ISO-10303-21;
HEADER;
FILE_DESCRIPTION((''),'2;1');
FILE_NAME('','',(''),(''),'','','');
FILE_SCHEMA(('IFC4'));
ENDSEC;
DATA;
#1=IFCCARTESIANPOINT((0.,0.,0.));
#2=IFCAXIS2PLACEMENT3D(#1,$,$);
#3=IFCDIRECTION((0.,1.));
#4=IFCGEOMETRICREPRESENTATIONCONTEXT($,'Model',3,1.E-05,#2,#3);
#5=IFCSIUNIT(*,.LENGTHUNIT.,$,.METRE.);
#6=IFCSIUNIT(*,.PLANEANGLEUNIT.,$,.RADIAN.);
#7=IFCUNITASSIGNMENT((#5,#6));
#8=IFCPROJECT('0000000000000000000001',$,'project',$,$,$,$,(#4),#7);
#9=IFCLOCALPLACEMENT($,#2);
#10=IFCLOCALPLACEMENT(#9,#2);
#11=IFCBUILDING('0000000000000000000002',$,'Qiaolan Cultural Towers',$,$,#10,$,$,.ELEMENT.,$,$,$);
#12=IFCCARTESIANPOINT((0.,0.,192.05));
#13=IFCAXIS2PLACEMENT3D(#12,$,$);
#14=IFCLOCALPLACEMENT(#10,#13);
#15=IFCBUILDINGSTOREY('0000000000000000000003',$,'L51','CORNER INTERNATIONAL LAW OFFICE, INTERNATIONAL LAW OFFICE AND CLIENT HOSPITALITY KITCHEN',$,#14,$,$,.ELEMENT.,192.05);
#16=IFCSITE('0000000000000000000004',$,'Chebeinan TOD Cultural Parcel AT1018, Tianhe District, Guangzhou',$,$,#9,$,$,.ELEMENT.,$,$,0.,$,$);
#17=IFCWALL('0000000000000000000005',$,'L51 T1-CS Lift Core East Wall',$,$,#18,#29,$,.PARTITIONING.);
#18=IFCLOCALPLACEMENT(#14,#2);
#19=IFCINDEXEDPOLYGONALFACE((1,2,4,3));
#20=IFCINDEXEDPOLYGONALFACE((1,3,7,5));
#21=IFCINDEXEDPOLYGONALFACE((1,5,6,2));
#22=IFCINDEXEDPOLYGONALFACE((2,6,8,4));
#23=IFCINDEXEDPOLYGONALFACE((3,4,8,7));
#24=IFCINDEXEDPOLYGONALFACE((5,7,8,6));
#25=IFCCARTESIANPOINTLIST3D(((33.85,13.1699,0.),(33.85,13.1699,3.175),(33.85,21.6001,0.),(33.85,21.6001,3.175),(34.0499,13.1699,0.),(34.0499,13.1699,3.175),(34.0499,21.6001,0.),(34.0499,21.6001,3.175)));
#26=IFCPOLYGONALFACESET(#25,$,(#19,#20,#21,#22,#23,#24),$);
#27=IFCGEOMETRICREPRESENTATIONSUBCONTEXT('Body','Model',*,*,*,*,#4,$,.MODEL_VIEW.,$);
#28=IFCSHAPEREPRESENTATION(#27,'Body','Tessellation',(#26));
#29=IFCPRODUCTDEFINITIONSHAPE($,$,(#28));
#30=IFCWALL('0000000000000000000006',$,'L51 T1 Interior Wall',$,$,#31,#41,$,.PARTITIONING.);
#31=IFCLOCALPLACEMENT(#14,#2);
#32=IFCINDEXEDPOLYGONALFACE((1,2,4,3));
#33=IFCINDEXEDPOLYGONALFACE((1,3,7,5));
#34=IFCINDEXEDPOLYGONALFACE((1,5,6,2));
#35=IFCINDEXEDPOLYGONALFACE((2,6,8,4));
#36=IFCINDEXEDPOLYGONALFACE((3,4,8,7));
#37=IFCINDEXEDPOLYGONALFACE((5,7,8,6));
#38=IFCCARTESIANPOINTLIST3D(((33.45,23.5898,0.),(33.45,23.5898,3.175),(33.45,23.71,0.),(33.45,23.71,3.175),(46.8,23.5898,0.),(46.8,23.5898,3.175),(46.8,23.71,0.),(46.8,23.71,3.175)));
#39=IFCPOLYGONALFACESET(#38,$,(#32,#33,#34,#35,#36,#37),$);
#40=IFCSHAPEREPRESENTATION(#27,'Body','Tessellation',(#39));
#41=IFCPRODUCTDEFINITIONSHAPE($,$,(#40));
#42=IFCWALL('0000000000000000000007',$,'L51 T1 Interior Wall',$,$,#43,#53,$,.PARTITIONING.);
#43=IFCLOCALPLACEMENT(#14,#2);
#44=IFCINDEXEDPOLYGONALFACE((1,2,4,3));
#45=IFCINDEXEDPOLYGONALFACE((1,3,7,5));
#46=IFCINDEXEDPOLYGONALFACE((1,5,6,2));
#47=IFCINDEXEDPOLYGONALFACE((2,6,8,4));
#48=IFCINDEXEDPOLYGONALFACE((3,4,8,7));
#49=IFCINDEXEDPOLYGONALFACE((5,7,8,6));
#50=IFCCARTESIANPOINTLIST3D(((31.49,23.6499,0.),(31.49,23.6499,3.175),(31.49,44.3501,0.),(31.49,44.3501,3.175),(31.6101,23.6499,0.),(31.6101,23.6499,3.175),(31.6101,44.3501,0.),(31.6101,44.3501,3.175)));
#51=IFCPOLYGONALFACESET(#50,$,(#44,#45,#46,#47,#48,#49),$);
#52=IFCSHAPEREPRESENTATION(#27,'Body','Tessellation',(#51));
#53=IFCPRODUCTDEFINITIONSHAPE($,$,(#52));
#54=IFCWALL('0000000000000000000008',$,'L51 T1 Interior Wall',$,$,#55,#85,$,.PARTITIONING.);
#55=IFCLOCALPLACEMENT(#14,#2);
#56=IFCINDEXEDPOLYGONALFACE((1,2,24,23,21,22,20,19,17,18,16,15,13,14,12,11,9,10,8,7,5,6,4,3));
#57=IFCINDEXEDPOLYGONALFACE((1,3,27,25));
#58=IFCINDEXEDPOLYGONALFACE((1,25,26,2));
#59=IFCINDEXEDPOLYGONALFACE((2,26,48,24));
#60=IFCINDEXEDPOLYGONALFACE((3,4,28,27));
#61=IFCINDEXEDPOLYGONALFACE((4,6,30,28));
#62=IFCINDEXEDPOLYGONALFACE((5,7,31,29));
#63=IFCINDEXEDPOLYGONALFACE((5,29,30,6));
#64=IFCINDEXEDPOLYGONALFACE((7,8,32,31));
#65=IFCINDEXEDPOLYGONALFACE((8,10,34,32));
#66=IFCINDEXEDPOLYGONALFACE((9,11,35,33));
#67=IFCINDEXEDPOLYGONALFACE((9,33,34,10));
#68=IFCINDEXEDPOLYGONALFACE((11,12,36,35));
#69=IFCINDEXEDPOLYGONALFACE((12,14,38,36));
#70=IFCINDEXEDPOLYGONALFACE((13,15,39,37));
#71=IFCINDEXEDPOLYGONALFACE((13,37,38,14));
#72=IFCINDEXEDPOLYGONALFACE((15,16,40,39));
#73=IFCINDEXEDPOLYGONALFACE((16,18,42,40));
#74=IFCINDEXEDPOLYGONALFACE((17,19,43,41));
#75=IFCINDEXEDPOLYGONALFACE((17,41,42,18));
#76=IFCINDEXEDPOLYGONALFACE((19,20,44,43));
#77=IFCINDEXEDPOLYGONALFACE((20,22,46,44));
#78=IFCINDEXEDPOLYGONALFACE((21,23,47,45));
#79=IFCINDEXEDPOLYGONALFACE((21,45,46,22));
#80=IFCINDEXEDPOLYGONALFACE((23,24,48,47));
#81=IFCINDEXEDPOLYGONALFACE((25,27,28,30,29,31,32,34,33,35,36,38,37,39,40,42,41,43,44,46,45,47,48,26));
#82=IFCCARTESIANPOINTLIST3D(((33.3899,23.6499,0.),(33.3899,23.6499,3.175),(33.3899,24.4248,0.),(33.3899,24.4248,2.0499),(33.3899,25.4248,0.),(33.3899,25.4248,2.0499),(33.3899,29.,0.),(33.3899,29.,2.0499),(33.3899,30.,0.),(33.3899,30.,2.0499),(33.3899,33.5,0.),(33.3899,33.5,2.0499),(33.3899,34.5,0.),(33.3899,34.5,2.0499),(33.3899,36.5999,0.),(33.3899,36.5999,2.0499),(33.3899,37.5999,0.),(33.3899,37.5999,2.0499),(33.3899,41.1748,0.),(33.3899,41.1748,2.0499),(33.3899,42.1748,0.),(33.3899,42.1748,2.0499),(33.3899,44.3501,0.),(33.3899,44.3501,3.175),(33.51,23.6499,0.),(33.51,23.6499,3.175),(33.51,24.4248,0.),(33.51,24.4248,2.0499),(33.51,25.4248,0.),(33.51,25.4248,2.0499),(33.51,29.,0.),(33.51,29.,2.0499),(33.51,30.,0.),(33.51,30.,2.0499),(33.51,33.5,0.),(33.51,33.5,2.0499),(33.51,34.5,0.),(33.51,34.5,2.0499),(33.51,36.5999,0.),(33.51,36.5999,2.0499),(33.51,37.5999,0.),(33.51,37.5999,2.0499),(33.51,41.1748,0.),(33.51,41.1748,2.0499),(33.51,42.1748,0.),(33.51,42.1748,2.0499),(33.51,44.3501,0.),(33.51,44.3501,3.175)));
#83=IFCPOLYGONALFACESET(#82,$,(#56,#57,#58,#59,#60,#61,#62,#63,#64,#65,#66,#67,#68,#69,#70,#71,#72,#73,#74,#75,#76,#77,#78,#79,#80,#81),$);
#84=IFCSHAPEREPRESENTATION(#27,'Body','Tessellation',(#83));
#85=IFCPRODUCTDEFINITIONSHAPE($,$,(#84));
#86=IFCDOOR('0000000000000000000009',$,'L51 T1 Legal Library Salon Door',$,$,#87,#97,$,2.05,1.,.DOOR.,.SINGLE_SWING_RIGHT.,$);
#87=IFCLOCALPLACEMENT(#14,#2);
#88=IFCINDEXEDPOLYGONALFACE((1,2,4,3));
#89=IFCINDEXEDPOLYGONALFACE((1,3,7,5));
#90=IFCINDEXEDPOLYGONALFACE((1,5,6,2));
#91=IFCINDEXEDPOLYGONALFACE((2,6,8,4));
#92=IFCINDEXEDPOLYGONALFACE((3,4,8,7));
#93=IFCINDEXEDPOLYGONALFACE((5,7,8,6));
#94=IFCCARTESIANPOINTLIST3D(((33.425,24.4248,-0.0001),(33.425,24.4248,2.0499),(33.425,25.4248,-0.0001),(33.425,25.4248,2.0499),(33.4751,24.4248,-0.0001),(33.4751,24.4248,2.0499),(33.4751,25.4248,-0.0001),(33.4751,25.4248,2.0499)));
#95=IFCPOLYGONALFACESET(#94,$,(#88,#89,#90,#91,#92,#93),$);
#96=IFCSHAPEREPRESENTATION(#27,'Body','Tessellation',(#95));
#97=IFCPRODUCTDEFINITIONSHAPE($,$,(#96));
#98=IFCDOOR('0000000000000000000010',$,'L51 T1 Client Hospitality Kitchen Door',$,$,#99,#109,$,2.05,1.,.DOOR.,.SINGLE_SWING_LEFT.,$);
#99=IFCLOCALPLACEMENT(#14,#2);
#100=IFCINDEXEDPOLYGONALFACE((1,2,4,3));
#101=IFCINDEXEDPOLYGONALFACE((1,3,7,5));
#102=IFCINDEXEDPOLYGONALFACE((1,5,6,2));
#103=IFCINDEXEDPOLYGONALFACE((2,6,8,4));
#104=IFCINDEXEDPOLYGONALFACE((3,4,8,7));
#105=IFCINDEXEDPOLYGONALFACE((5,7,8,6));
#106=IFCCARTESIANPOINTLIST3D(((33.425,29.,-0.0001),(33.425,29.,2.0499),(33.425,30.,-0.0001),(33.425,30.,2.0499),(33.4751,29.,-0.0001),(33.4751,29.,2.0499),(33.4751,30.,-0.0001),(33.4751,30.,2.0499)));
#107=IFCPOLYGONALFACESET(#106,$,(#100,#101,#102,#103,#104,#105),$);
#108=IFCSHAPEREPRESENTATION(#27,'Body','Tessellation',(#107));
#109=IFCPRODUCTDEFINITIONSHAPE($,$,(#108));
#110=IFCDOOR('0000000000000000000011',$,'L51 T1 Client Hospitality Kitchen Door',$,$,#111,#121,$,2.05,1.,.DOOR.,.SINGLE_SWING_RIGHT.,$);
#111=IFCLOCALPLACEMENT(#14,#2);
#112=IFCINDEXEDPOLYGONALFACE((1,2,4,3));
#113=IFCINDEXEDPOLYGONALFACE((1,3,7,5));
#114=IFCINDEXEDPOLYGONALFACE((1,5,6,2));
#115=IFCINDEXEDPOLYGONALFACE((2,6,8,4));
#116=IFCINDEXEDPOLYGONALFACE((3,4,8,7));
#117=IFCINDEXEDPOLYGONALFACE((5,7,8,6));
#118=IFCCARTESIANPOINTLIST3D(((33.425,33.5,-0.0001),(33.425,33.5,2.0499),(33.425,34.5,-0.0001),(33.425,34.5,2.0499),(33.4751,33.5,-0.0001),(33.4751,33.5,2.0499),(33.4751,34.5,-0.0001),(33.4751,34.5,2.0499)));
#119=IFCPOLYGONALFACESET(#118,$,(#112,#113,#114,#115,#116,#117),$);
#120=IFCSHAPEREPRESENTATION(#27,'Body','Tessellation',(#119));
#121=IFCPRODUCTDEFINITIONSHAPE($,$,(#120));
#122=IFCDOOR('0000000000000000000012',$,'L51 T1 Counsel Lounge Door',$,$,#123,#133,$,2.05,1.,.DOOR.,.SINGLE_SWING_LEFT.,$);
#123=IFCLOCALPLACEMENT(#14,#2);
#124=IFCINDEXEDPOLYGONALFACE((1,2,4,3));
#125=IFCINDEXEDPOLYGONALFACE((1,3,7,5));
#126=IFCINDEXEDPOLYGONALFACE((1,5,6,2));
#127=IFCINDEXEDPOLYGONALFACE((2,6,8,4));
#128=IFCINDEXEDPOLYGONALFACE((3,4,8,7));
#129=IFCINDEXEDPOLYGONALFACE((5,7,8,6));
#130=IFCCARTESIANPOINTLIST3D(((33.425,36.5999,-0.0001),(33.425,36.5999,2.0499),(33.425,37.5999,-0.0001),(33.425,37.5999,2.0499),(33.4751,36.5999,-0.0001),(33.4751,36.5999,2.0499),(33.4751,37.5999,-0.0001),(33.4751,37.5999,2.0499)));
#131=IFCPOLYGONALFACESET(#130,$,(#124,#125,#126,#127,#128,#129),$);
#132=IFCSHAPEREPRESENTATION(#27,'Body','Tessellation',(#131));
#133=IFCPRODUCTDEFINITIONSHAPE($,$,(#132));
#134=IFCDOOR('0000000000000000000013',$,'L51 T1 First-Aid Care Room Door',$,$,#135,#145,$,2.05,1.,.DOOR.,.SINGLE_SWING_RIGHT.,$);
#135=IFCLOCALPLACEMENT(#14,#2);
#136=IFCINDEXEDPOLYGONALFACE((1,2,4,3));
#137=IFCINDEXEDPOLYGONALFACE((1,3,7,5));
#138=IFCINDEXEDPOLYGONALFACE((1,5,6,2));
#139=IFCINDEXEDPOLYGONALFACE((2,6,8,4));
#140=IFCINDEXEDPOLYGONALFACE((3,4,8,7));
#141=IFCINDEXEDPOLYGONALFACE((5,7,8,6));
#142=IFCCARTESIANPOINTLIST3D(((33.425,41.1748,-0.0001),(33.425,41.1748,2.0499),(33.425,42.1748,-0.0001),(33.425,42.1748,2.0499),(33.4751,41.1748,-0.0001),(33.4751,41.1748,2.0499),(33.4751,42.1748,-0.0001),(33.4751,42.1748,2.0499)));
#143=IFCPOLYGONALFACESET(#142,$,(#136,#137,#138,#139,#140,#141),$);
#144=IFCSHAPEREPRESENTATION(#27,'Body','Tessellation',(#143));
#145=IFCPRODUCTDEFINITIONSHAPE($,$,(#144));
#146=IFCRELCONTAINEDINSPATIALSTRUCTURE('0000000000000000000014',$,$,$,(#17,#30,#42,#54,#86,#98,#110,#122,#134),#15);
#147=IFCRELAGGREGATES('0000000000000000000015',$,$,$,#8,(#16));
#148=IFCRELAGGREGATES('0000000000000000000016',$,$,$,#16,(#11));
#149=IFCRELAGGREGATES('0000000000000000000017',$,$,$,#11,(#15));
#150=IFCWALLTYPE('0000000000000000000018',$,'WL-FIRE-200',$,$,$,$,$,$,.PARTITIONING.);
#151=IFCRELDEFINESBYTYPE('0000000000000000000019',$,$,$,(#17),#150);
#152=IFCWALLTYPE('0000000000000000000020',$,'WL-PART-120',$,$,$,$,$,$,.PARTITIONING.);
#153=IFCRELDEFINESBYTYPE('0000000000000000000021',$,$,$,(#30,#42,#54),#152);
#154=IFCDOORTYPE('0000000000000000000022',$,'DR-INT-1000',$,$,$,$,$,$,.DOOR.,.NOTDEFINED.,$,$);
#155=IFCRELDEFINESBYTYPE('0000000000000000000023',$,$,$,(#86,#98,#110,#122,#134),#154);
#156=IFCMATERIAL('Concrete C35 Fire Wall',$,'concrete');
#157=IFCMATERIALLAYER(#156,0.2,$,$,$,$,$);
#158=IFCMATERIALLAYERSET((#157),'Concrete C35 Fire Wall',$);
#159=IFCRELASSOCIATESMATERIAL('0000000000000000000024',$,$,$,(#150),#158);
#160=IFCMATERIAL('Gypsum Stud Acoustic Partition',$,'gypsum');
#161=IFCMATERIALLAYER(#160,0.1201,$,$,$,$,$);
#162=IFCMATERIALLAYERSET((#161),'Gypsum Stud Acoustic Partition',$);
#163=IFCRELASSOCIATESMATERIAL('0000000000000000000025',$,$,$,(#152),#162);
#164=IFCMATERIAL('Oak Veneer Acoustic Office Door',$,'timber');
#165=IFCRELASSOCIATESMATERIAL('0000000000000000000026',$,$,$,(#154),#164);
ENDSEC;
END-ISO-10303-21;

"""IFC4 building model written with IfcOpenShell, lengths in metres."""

from ifc_helpers import new_model, si_unit, direction, frame, frame_2d, origin, place, context, subcontext, project, spatial, rectangle, extrude, material, layer, layer_set, type_object, element, fill, save


model = new_model("IFC4")

# Units and contexts
model_context = context("Model", 3, precision=1e-05, world=origin(), true_north=direction((0.0, 1.0)))
body_context = subcontext(model_context, "Body", "Model", "MODEL_VIEW")
ifc_project = project(units=[si_unit("LENGTHUNIT", "METRE"), si_unit("PLANEANGLEUNIT", "RADIAN")], contexts=[model_context])

# Site, building, storey
site_placement = place(None, origin())
site = spatial("IfcSite", under=ifc_project, at=site_placement, Name="Chebeinan TOD Cultural Parcel AT1018, Tianhe District, Guangzhou", CompositionType="ELEMENT", RefElevation=0.0)
building_placement = place(site_placement, origin())
building = spatial("IfcBuilding", under=site, at=building_placement, Name="Qiaolan Cultural Towers", CompositionType="ELEMENT")
storey_placement = place(building_placement, frame((0.0, 0.0, 192.05)))
storey = spatial("IfcBuildingStorey", under=building, at=storey_placement, Name="L51", Description="CORNER INTERNATIONAL LAW OFFICE, INTERNATIONAL LAW OFFICE AND CLIENT HOSPITALITY KITCHEN", CompositionType="ELEMENT", Elevation=192.05)

# Walls
ifc_material_1 = material(Name="Concrete C35 Fire Wall", Category="concrete")
ifc_layer_1 = layer(ifc_material_1, 0.2)
ifc_layer_set_1 = layer_set([ifc_layer_1], Name="Concrete C35 Fire Wall")
wall_type_1 = type_object("IfcWallType", Name="WL-FIRE-200", PredefinedType="PARTITIONING", material=ifc_layer_set_1)
wall_1_placement = place(storey_placement, frame((33.95, 21.6001, 0.0), z_axis=(0.0, 0.0, 1.0), x_axis=(0.0, -1.0, 0.0)))
element("IfcWall", 1, at=wall_1_placement, inside=storey, type_object=wall_type_1, Name="L51 T1-CS Lift Core East Wall", PredefinedType="PARTITIONING", context=body_context, shape_type="SweptSolid", body=[
    extrude(rectangle(XDim=8.4302, YDim=0.2, at=frame_2d((4.2151, 0.0))), origin(), (0.0, 0.0, 1.0), 3.175),
])
ifc_material_2 = material(Name="Gypsum Stud Acoustic Partition", Category="gypsum")
ifc_layer_2 = layer(ifc_material_2, 0.1201)
ifc_layer_set_2 = layer_set([ifc_layer_2], Name="Gypsum Stud Acoustic Partition")
wall_type_2 = type_object("IfcWallType", Name="WL-PART-120", PredefinedType="PARTITIONING", material=ifc_layer_set_2)
wall_2_placement = place(storey_placement, frame((33.45, 23.6499, 0.0), z_axis=(0.0, 0.0, 1.0), x_axis=(1.0, 0.0, 0.0)))
element("IfcWall", 2, at=wall_2_placement, inside=storey, type_object=wall_type_2, Name="L51 T1 Interior Wall", PredefinedType="PARTITIONING", context=body_context, shape_type="SweptSolid", body=[
    extrude(rectangle(XDim=13.3501, YDim=0.1201, at=frame_2d((6.675, 0.0))), origin(), (0.0, 0.0, 1.0), 3.175),
])
wall_3_placement = place(storey_placement, frame((31.55, 23.6499, 0.0), z_axis=(0.0, 0.0, 1.0), x_axis=(0.0, 1.0, 0.0)))
element("IfcWall", 3, at=wall_3_placement, inside=storey, type_object=wall_type_2, Name="L51 T1 Interior Wall", PredefinedType="PARTITIONING", context=body_context, shape_type="SweptSolid", body=[
    extrude(rectangle(XDim=20.7002, YDim=0.1201, at=frame_2d((10.3501, 0.0))), origin(), (0.0, 0.0, 1.0), 3.175),
])

# Wall, openings, doors
wall_4_placement = place(storey_placement, frame((33.45, 23.6499, 0.0), z_axis=(0.0, 0.0, 1.0), x_axis=(0.0, 1.0, 0.0)))
wall_4 = element("IfcWall", 4, at=wall_4_placement, inside=storey, type_object=wall_type_2, Name="L51 T1 Interior Wall", PredefinedType="PARTITIONING", context=body_context, shape_type="SweptSolid", body=[
    extrude(rectangle(XDim=20.7002, YDim=0.1201, at=frame_2d((10.3501, 0.0))), origin(), (0.0, 0.0, 1.0), 3.175),
])
opening_1_placement = place(wall_4_placement, frame((0.7749, 0.0, 0.0)))
opening_1 = element("IfcOpeningElement", 5, at=opening_1_placement, cuts=wall_4, PredefinedType="OPENING", context=body_context, shape_type="SweptSolid", body=[
    extrude(rectangle(XDim=1.0, YDim=2.05, at=frame_2d((0.5, 1.0249))), frame((0.0, 0.0701, 0.0), z_axis=(0.0, -1.0, 0.0), x_axis=(1.0, 0.0, 0.0)), (0.0, 0.0, 1.0), 0.1401),
])
opening_2_placement = place(wall_4_placement, frame((5.3501, 0.0, 0.0)))
opening_2 = element("IfcOpeningElement", 6, at=opening_2_placement, cuts=wall_4, PredefinedType="OPENING", context=body_context, shape_type="SweptSolid", body=[
    extrude(rectangle(XDim=1.0, YDim=2.05, at=frame_2d((0.5, 1.0249))), frame((0.0, 0.0701, 0.0), z_axis=(0.0, -1.0, 0.0), x_axis=(1.0, 0.0, 0.0)), (0.0, 0.0, 1.0), 0.1401),
])
opening_3_placement = place(wall_4_placement, frame((9.8501, 0.0, 0.0)))
opening_3 = element("IfcOpeningElement", 7, at=opening_3_placement, cuts=wall_4, PredefinedType="OPENING", context=body_context, shape_type="SweptSolid", body=[
    extrude(rectangle(XDim=1.0, YDim=2.05, at=frame_2d((0.5, 1.0249))), frame((0.0, 0.0701, 0.0), z_axis=(0.0, -1.0, 0.0), x_axis=(1.0, 0.0, 0.0)), (0.0, 0.0, 1.0), 0.1401),
])
opening_4_placement = place(wall_4_placement, frame((12.95, 0.0, 0.0)))
opening_4 = element("IfcOpeningElement", 8, at=opening_4_placement, cuts=wall_4, PredefinedType="OPENING", context=body_context, shape_type="SweptSolid", body=[
    extrude(rectangle(XDim=1.0, YDim=2.05, at=frame_2d((0.5, 1.0249))), frame((0.0, 0.0701, 0.0), z_axis=(0.0, -1.0, 0.0), x_axis=(1.0, 0.0, 0.0)), (0.0, 0.0, 1.0), 0.1401),
])
opening_5_placement = place(wall_4_placement, frame((17.5249, 0.0, 0.0)))
opening_5 = element("IfcOpeningElement", 9, at=opening_5_placement, cuts=wall_4, PredefinedType="OPENING", context=body_context, shape_type="SweptSolid", body=[
    extrude(rectangle(XDim=1.0, YDim=2.05, at=frame_2d((0.5, 1.0249))), frame((0.0, 0.0701, 0.0), z_axis=(0.0, -1.0, 0.0), x_axis=(1.0, 0.0, 0.0)), (0.0, 0.0, 1.0), 0.1401),
])
ifc_material_3 = material(Name="Oak Veneer Acoustic Office Door", Category="timber")
door_type_1 = type_object("IfcDoorType", Name="DR-INT-1000", OperationType="NOTDEFINED", PredefinedType="DOOR", material=ifc_material_3)
door_1_placement = place(opening_1_placement, origin())
door_1 = element("IfcDoor", 10, at=door_1_placement, inside=storey, type_object=door_type_1, Name="L51 T1 Legal Library Salon Door", OperationType="SINGLE_SWING_RIGHT", OverallHeight=2.05, OverallWidth=1.0, PredefinedType="DOOR", context=body_context, shape_type="SweptSolid", body=[
    extrude(rectangle(XDim=1.0, YDim=2.05, at=frame_2d((0.5, 1.0249))), frame((0.0, 0.0249, 0.0), z_axis=(0.0, -1.0, 0.0), x_axis=(1.0, 0.0, 0.0)), (0.0, 0.0, 1.0), 0.05),
])
fill(opening_1, door_1)
door_2_placement = place(opening_2_placement, origin())
door_2 = element("IfcDoor", 11, at=door_2_placement, inside=storey, type_object=door_type_1, Name="L51 T1 Client Hospitality Kitchen Door", OperationType="SINGLE_SWING_LEFT", OverallHeight=2.05, OverallWidth=1.0, PredefinedType="DOOR", context=body_context, shape_type="SweptSolid", body=[
    extrude(rectangle(XDim=1.0, YDim=2.05, at=frame_2d((0.5, 1.0249))), frame((0.0, 0.0249, 0.0), z_axis=(0.0, -1.0, 0.0), x_axis=(1.0, 0.0, 0.0)), (0.0, 0.0, 1.0), 0.05),
])
fill(opening_2, door_2)
door_3_placement = place(opening_3_placement, origin())
door_3 = element("IfcDoor", 12, at=door_3_placement, inside=storey, type_object=door_type_1, Name="L51 T1 Client Hospitality Kitchen Door", OperationType="SINGLE_SWING_RIGHT", OverallHeight=2.05, OverallWidth=1.0, PredefinedType="DOOR", context=body_context, shape_type="SweptSolid", body=[
    extrude(rectangle(XDim=1.0, YDim=2.05, at=frame_2d((0.5, 1.0249))), frame((0.0, 0.0249, 0.0), z_axis=(0.0, -1.0, 0.0), x_axis=(1.0, 0.0, 0.0)), (0.0, 0.0, 1.0), 0.05),
])
fill(opening_3, door_3)
door_4_placement = place(opening_4_placement, origin())
door_4 = element("IfcDoor", 13, at=door_4_placement, inside=storey, type_object=door_type_1, Name="L51 T1 Counsel Lounge Door", OperationType="SINGLE_SWING_LEFT", OverallHeight=2.05, OverallWidth=1.0, PredefinedType="DOOR", context=body_context, shape_type="SweptSolid", body=[
    extrude(rectangle(XDim=1.0, YDim=2.05, at=frame_2d((0.5, 1.0249))), frame((0.0, 0.0249, 0.0), z_axis=(0.0, -1.0, 0.0), x_axis=(1.0, 0.0, 0.0)), (0.0, 0.0, 1.0), 0.05),
])
fill(opening_4, door_4)
door_5_placement = place(opening_5_placement, origin())
door_5 = element("IfcDoor", 14, at=door_5_placement, inside=storey, type_object=door_type_1, Name="L51 T1 First-Aid Care Room Door", OperationType="SINGLE_SWING_RIGHT", OverallHeight=2.05, OverallWidth=1.0, PredefinedType="DOOR", context=body_context, shape_type="SweptSolid", body=[
    extrude(rectangle(XDim=1.0, YDim=2.05, at=frame_2d((0.5, 1.0249))), frame((0.0, 0.0249, 0.0), z_axis=(0.0, -1.0, 0.0), x_axis=(1.0, 0.0, 0.0)), (0.0, 0.0, 1.0), 0.05),
])
fill(opening_5, door_5)

save(model, "model.ifc")
